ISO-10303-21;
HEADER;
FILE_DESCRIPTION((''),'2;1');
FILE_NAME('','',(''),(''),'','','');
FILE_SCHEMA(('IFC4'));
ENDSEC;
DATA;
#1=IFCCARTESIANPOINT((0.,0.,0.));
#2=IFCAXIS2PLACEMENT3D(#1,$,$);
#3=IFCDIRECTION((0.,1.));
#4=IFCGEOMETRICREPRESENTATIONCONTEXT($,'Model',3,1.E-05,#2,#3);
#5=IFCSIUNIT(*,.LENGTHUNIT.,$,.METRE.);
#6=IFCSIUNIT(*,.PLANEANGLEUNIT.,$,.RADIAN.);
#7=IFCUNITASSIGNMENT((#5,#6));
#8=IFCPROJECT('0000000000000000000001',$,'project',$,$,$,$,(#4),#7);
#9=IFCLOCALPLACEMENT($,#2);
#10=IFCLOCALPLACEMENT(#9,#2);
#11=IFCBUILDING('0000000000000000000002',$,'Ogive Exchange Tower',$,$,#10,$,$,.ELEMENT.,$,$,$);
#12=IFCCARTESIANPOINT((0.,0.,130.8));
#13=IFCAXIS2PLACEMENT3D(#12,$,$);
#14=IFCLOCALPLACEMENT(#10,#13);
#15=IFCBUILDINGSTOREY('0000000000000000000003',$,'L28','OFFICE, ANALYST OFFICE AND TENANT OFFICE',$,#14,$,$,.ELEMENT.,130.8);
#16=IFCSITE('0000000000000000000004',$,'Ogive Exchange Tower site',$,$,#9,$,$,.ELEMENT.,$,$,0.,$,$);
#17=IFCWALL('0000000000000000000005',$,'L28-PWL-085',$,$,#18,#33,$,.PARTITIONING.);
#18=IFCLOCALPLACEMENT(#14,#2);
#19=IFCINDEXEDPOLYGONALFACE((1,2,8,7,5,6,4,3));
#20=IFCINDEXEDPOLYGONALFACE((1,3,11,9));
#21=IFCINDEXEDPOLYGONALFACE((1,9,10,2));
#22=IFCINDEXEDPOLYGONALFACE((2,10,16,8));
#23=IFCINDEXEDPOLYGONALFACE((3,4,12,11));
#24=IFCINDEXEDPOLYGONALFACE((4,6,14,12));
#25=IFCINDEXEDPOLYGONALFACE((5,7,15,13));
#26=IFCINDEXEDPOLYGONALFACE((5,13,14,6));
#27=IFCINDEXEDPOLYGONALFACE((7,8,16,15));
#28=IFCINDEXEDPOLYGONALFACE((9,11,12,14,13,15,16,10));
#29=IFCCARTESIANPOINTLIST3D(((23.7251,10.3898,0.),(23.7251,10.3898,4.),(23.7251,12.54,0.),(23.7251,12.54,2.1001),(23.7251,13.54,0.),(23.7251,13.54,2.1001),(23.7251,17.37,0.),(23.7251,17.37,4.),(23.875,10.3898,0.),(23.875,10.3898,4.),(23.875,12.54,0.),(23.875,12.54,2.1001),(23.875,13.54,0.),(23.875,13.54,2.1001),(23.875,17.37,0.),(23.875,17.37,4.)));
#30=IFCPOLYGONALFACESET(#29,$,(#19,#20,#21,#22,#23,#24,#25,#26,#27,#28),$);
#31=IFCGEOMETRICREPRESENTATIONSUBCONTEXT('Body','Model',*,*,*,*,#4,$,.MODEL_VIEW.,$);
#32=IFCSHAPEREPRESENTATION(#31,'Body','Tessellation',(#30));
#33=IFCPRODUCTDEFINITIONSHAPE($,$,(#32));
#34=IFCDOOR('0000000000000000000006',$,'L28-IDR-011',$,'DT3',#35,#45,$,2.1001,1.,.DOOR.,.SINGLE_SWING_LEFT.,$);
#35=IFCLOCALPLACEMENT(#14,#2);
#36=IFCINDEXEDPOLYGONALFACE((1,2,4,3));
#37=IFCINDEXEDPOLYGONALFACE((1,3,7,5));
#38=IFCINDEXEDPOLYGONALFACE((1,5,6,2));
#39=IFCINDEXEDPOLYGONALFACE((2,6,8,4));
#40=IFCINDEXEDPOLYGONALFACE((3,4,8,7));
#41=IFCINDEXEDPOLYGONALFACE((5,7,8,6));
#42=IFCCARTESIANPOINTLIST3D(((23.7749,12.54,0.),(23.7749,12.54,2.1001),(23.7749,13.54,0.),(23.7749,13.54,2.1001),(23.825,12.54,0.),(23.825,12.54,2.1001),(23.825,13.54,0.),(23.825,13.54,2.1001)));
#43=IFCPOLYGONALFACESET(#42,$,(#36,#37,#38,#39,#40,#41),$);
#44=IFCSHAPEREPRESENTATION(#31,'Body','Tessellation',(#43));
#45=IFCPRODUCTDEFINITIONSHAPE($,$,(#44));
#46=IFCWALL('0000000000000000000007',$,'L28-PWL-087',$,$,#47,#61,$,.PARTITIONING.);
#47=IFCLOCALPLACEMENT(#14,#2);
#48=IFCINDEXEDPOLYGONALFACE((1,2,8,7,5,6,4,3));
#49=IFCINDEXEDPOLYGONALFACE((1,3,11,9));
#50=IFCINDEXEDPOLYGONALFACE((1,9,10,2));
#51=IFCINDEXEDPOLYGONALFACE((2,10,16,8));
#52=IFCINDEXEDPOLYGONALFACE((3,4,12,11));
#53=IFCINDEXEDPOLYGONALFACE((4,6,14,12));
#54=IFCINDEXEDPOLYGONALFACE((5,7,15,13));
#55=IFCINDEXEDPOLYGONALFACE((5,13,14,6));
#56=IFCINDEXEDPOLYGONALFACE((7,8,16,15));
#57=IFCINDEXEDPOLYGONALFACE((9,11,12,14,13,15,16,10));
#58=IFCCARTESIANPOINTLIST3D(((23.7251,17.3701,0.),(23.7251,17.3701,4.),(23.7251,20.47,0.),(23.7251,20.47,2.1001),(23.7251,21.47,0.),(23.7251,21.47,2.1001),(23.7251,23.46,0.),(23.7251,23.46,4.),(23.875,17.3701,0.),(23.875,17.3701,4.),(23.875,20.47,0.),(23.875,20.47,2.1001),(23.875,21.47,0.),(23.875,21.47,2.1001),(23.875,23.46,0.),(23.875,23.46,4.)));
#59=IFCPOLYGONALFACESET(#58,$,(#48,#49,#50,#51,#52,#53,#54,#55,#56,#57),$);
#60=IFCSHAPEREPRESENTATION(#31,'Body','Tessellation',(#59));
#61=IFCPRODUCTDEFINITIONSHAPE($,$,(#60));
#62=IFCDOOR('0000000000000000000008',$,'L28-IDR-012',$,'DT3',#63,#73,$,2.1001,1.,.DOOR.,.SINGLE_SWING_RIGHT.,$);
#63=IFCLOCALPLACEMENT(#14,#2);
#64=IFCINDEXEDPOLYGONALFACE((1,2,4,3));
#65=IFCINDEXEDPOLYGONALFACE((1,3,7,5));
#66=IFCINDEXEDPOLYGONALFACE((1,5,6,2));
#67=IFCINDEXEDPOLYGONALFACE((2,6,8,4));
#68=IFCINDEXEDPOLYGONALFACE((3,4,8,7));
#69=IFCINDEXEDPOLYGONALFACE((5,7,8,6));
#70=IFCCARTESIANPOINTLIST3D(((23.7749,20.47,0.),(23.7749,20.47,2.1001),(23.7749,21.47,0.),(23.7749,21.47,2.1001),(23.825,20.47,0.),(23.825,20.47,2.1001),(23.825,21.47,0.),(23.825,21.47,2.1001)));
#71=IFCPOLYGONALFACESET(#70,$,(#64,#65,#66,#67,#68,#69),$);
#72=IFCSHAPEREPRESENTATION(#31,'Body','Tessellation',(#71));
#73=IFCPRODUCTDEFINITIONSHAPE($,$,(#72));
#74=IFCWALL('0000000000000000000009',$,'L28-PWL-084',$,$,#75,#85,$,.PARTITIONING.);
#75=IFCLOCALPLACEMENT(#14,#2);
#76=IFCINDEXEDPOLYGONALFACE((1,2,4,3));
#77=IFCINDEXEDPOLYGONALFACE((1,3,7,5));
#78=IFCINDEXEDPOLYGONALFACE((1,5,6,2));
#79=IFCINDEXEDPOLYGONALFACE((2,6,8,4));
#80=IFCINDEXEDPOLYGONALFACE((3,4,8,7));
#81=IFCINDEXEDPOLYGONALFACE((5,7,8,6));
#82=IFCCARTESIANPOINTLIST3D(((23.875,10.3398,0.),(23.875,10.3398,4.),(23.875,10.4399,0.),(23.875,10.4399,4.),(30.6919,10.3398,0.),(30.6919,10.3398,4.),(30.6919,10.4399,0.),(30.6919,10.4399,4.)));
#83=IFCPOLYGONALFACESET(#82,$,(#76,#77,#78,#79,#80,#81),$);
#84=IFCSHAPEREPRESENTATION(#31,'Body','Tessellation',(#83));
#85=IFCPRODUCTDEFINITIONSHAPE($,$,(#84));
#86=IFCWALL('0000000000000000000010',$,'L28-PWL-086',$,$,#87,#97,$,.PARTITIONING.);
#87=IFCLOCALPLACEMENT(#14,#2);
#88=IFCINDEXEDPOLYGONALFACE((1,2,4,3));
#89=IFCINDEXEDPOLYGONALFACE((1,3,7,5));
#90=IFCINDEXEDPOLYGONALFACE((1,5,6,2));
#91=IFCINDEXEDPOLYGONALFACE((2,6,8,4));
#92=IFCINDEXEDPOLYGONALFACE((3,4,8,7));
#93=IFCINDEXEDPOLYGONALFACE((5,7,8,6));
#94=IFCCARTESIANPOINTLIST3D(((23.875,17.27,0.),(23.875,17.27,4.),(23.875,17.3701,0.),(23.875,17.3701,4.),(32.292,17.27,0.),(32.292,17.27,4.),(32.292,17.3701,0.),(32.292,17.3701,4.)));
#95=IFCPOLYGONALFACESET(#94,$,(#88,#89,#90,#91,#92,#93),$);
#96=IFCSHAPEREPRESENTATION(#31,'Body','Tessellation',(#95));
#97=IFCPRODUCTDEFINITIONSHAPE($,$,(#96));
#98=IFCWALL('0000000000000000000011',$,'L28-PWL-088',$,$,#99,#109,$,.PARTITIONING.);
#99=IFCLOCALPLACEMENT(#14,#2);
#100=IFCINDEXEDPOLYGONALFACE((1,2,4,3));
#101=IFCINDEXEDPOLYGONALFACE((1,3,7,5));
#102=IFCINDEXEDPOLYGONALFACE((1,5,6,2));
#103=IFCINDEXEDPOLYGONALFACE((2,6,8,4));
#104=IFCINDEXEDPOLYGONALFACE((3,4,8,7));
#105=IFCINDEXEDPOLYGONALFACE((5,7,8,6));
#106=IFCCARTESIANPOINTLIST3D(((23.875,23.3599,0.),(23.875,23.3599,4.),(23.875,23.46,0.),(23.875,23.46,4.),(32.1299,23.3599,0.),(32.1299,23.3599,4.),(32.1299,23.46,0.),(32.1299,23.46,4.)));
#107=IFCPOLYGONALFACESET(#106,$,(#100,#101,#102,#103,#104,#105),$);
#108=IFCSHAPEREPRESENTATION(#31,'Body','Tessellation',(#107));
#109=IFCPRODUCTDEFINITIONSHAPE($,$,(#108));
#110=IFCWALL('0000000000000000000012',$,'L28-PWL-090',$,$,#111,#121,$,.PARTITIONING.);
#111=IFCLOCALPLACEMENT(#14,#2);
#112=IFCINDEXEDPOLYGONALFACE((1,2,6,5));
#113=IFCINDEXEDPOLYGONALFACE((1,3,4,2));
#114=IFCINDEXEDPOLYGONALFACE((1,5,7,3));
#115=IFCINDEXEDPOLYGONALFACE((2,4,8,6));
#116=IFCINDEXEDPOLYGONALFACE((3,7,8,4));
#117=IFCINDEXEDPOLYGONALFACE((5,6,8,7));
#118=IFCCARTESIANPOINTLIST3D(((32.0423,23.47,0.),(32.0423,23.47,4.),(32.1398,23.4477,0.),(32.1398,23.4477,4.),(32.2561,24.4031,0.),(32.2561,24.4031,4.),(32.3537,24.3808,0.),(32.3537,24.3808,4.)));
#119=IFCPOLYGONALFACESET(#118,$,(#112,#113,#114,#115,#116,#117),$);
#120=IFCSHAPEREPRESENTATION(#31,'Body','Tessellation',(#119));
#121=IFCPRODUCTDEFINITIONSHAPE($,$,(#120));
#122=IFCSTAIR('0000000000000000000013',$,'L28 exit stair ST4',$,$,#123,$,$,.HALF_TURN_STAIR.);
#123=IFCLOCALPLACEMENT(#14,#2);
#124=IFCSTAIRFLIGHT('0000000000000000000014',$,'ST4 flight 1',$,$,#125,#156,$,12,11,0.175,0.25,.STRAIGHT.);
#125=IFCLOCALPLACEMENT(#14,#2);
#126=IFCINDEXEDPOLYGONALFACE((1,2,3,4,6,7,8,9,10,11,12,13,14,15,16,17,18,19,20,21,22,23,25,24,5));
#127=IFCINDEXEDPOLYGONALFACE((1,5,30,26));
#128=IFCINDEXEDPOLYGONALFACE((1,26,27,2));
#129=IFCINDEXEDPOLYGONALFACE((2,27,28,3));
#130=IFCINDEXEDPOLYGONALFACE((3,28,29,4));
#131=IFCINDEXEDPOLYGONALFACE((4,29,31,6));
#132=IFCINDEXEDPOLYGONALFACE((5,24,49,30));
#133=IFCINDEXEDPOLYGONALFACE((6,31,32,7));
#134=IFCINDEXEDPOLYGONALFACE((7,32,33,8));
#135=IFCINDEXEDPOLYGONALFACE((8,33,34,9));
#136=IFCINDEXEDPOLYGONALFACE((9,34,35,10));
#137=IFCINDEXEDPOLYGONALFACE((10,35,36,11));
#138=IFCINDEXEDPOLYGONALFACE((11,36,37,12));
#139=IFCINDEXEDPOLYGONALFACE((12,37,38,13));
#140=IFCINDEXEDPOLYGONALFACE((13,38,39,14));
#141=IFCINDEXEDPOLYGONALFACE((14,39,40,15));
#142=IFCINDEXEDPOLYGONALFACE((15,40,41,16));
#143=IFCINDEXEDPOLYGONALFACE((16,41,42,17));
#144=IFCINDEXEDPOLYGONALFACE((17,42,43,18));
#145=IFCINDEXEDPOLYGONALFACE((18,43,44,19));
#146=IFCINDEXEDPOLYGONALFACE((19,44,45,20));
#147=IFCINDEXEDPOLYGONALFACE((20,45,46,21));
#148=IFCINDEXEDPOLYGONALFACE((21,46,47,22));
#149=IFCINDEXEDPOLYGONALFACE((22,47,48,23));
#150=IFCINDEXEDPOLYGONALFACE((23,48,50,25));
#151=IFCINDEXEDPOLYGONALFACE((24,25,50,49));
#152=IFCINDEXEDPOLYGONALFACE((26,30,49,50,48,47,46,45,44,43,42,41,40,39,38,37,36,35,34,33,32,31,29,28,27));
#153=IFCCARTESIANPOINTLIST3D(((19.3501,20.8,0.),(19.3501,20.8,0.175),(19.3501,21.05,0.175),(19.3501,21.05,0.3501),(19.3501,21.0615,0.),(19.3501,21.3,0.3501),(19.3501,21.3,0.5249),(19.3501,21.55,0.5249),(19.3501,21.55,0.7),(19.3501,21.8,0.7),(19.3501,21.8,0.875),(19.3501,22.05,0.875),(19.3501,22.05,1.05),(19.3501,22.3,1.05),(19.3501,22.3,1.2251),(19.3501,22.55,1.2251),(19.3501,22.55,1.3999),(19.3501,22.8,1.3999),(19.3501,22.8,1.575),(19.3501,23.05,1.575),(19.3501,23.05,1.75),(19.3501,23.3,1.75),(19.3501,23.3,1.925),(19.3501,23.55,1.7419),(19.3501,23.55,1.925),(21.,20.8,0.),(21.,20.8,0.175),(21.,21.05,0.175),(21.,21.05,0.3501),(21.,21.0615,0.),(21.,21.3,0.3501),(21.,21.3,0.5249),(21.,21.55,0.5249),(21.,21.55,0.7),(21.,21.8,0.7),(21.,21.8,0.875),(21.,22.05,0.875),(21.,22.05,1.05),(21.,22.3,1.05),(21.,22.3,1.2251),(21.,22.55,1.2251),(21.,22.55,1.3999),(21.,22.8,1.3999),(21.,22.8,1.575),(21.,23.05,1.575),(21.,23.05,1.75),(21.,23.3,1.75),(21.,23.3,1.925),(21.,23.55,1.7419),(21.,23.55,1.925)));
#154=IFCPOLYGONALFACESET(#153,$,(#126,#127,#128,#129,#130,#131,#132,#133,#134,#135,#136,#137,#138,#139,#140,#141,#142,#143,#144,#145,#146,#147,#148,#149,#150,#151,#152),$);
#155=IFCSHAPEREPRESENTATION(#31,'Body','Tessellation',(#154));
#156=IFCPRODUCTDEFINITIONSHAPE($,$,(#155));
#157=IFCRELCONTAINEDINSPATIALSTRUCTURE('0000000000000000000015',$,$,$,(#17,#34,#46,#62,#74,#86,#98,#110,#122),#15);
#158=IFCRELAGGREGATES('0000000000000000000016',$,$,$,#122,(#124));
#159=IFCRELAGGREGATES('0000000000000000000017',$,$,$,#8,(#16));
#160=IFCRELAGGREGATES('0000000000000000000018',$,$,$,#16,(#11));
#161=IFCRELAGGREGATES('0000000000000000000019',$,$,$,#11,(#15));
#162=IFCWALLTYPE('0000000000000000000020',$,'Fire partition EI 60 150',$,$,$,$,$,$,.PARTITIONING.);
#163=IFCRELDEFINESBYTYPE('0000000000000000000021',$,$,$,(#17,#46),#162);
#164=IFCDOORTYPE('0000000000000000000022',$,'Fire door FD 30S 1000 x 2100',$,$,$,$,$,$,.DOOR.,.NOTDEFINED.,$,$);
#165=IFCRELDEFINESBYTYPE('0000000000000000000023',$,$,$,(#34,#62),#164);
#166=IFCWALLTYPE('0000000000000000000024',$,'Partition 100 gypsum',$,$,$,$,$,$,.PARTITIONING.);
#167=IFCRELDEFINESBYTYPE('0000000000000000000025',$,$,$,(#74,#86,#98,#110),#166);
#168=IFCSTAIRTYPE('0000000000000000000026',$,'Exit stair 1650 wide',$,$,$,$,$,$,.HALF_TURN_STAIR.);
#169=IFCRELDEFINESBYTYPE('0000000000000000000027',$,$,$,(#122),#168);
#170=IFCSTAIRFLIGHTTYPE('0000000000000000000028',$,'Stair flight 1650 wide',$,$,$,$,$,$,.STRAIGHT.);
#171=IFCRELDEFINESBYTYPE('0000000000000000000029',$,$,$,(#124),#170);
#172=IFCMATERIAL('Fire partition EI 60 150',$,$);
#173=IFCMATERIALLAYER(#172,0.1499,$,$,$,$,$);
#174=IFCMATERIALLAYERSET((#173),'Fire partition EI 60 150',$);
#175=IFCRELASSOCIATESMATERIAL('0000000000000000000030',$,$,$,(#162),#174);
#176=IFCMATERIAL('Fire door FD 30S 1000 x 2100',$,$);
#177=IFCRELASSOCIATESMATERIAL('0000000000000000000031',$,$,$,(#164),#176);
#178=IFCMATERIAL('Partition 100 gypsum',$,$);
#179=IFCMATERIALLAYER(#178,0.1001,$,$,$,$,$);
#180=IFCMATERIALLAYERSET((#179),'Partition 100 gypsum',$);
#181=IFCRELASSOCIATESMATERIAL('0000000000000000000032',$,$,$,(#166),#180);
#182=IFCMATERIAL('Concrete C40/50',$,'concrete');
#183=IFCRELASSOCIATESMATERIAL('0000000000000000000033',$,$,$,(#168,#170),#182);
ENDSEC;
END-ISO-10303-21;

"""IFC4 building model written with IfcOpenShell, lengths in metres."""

from ifc_helpers import new_model, si_unit, direction, frame, frame_2d, origin, place, context, subcontext, project, spatial, polyline, rectangle, outline, extrude, material, layer, layer_set, type_object, element, fill, aggregate, save


model = new_model("IFC4")

# Units and contexts
model_context = context("Model", 3, precision=1e-05, world=origin(), true_north=direction((0.0, 1.0)))
body_context = subcontext(model_context, "Body", "Model", "MODEL_VIEW")
ifc_project = project(units=[si_unit("LENGTHUNIT", "METRE"), si_unit("PLANEANGLEUNIT", "RADIAN")], contexts=[model_context])

# Site, building, storey
site_placement = place(None, origin())
site = spatial("IfcSite", under=ifc_project, at=site_placement, Name="Ogive Exchange Tower site", CompositionType="ELEMENT", RefElevation=0.0)
building_placement = place(site_placement, origin())
building = spatial("IfcBuilding", under=site, at=building_placement, Name="Ogive Exchange Tower", CompositionType="ELEMENT")
storey_placement = place(building_placement, frame((0.0, 0.0, 130.8)))
storey = spatial("IfcBuildingStorey", under=building, at=storey_placement, Name="L28", Description="OFFICE, ANALYST OFFICE AND TENANT OFFICE", CompositionType="ELEMENT", Elevation=130.8)

# Walls, openings, doors
ifc_material_1 = material(Name="Fire partition EI 60 150")
ifc_layer_1 = layer(ifc_material_1, 0.1499)
ifc_layer_set_1 = layer_set([ifc_layer_1], Name="Fire partition EI 60 150")
wall_type_1 = type_object("IfcWallType", Name="Fire partition EI 60 150", PredefinedType="PARTITIONING", material=ifc_layer_set_1)
ifc_material_2 = material(Name="Fire door FD 30S 1000 x 2100")
door_type = type_object("IfcDoorType", Name="Fire door FD 30S 1000 x 2100", OperationType="NOTDEFINED", PredefinedType="DOOR", material=ifc_material_2)
wall_1_placement = place(storey_placement, frame((23.8, 17.3701, 0.0), z_axis=(0.0, 0.0, 1.0), x_axis=(0.0, -1.0, 0.0)))
wall_1 = element("IfcWall", 1, at=wall_1_placement, inside=storey, type_object=wall_type_1, Name="L28-PWL-085", PredefinedType="PARTITIONING", context=body_context, shape_type="SweptSolid", body=[
    extrude(rectangle(XDim=6.9802, YDim=0.1499, at=frame_2d((3.4902, 0.0))), origin(), (0.0, 0.0, 1.0), 4.0),
])
opening_1_placement = place(wall_1_placement, frame((3.8301, 0.0, 0.0)))
opening_1 = element("IfcOpeningElement", 2, at=opening_1_placement, cuts=wall_1, PredefinedType="OPENING", context=body_context, shape_type="SweptSolid", body=[
    extrude(rectangle(XDim=1.0, YDim=2.1001, at=frame_2d((0.5, 1.05))), frame((0.0, 0.085, 0.0), z_axis=(0.0, -1.0, 0.0), x_axis=(1.0, 0.0, 0.0)), (0.0, 0.0, 1.0), 0.1699),
])
door_1_placement = place(opening_1_placement, origin())
door_1 = element("IfcDoor", 3, at=door_1_placement, inside=storey, type_object=door_type, Name="L28-IDR-011", ObjectType="DT3", OperationType="SINGLE_SWING_LEFT", OverallHeight=2.1001, OverallWidth=1.0, PredefinedType="DOOR", context=body_context, shape_type="SweptSolid", body=[
    extrude(rectangle(XDim=1.0, YDim=2.1001, at=frame_2d((0.5, 1.05))), frame((0.0, 0.0249, 0.0), z_axis=(0.0, -1.0, 0.0), x_axis=(1.0, 0.0, 0.0)), (0.0, 0.0, 1.0), 0.05),
])
fill(opening_1, door_1)
wall_2_placement = place(storey_placement, frame((23.8, 23.46, 0.0), z_axis=(0.0, 0.0, 1.0), x_axis=(0.0, -1.0, 0.0)))
wall_2 = element("IfcWall", 4, at=wall_2_placement, inside=storey, type_object=wall_type_1, Name="L28-PWL-087", PredefinedType="PARTITIONING", context=body_context, shape_type="SweptSolid", body=[
    extrude(rectangle(XDim=6.0898, YDim=0.1499, at=frame_2d((3.0449, 0.0))), origin(), (0.0, 0.0, 1.0), 4.0),
])
opening_2_placement = place(wall_2_placement, frame((1.99, 0.0, 0.0)))
opening_2 = element("IfcOpeningElement", 5, at=opening_2_placement, cuts=wall_2, PredefinedType="OPENING", context=body_context, shape_type="SweptSolid", body=[
    extrude(rectangle(XDim=1.0, YDim=2.1001, at=frame_2d((0.5, 1.05))), frame((0.0, 0.085, 0.0), z_axis=(0.0, -1.0, 0.0), x_axis=(1.0, 0.0, 0.0)), (0.0, 0.0, 1.0), 0.1699),
])
door_2_placement = place(opening_2_placement, origin())
door_2 = element("IfcDoor", 6, at=door_2_placement, inside=storey, type_object=door_type, Name="L28-IDR-012", ObjectType="DT3", OperationType="SINGLE_SWING_RIGHT", OverallHeight=2.1001, OverallWidth=1.0, PredefinedType="DOOR", context=body_context, shape_type="SweptSolid", body=[
    extrude(rectangle(XDim=1.0, YDim=2.1001, at=frame_2d((0.5, 1.05))), frame((0.0, 0.0249, 0.0), z_axis=(0.0, -1.0, 0.0), x_axis=(1.0, 0.0, 0.0)), (0.0, 0.0, 1.0), 0.05),
])
fill(opening_2, door_2)

# Walls
ifc_material_3 = material(Name="Partition 100 gypsum")
ifc_layer_2 = layer(ifc_material_3, 0.1001)
ifc_layer_set_2 = layer_set([ifc_layer_2], Name="Partition 100 gypsum")
wall_type_2 = type_object("IfcWallType", Name="Partition 100 gypsum", PredefinedType="PARTITIONING", material=ifc_layer_set_2)
wall_3_placement = place(storey_placement, frame((23.875, 10.3899, 0.0), z_axis=(0.0, 0.0, 1.0), x_axis=(1.0, 0.0, 0.0)))
element("IfcWall", 7, at=wall_3_placement, inside=storey, type_object=wall_type_2, Name="L28-PWL-084", PredefinedType="PARTITIONING", context=body_context, shape_type="SweptSolid", body=[
    extrude(rectangle(XDim=6.8169, YDim=0.1001, at=frame_2d((3.4084, 0.0))), origin(), (0.0, 0.0, 1.0), 4.0),
])
wall_4_placement = place(storey_placement, frame((23.875, 17.3201, 0.0), z_axis=(0.0, 0.0, 1.0), x_axis=(1.0, 0.0, 0.0)))
element("IfcWall", 8, at=wall_4_placement, inside=storey, type_object=wall_type_2, Name="L28-PWL-086", PredefinedType="PARTITIONING", context=body_context, shape_type="SweptSolid", body=[
    extrude(rectangle(XDim=8.417, YDim=0.1001, at=frame_2d((4.2085, 0.0))), origin(), (0.0, 0.0, 1.0), 4.0),
])
wall_5_placement = place(storey_placement, frame((23.875, 23.4099, 0.0), z_axis=(0.0, 0.0, 1.0), x_axis=(1.0, 0.0, 0.0)))
element("IfcWall", 9, at=wall_5_placement, inside=storey, type_object=wall_type_2, Name="L28-PWL-088", PredefinedType="PARTITIONING", context=body_context, shape_type="SweptSolid", body=[
    extrude(rectangle(XDim=8.2549, YDim=0.1001, at=frame_2d((4.1274, 0.0))), origin(), (0.0, 0.0, 1.0), 4.0),
])
wall_6_placement = place(storey_placement, frame((32.0911, 23.459, 0.0), z_axis=(0.0, 0.0, 1.0), x_axis=(0.223406, 0.974725, 0.0)))
element("IfcWall", 10, at=wall_6_placement, inside=storey, type_object=wall_type_2, Name="L28-PWL-090", PredefinedType="PARTITIONING", context=body_context, shape_type="SweptSolid", body=[
    extrude(rectangle(XDim=0.9573, YDim=0.1001, at=frame_2d((0.4785, 0.0))), origin(), (0.0, 0.0, 1.0), 4.0),
])

# Stair, stair flight
ifc_material_4 = material(Name="Concrete C40/50", Category="concrete")
stair_type = type_object("IfcStairType", Name="Exit stair 1650 wide", PredefinedType="HALF_TURN_STAIR", material=ifc_material_4)
stair_placement = place(storey_placement, origin())
stair = element("IfcStair", 11, at=stair_placement, inside=storey, type_object=stair_type, Name="L28 exit stair ST4", PredefinedType="HALF_TURN_STAIR")
stair_flight_type = type_object("IfcStairFlightType", Name="Stair flight 1650 wide", PredefinedType="STRAIGHT", material=ifc_material_4)
stair_flight_placement = place(storey_placement, frame((20.175, 20.8, 0.0), z_axis=(0.0, 0.0, 1.0), x_axis=(0.0, 1.0, 0.0)))
stair_flight = element("IfcStairFlight", 12, at=stair_flight_placement, type_object=stair_flight_type, Name="ST4 flight 1", NumberOfRisers=12, NumberOfTreads=11, PredefinedType="STRAIGHT", RiserHeight=0.175, TreadLength=0.25, context=body_context, shape_type="SweptSolid", body=[
    extrude(outline(polyline([(0.0, 0.0), (0.0, 0.175), (0.25, 0.175), (0.25, 0.3501), (0.5, 0.3501), (0.5, 0.5249), (0.75, 0.5249), (0.75, 0.7), (1.0, 0.7), (1.0, 0.875), (1.25, 0.875), (1.25, 1.05), (1.5, 1.05), (1.5, 1.2251), (1.75, 1.2251), (1.75, 1.3999), (2.0, 1.3999), (2.0, 1.575), (2.25, 1.575), (2.25, 1.75), (2.5, 1.75), (2.5, 1.925), (2.75, 1.925), (2.75, 2.1001), (2.75, 1.7419), (0.2615, 0.0), (0.0, 0.0)])), frame((0.0, 0.825, 0.0), z_axis=(0.0, -1.0, 0.0), x_axis=(1.0, 0.0, 0.0)), (0.0, 0.0, 1.0), 1.6499),
])
aggregate(stair, [stair_flight])

save(model, "model.ifc")
